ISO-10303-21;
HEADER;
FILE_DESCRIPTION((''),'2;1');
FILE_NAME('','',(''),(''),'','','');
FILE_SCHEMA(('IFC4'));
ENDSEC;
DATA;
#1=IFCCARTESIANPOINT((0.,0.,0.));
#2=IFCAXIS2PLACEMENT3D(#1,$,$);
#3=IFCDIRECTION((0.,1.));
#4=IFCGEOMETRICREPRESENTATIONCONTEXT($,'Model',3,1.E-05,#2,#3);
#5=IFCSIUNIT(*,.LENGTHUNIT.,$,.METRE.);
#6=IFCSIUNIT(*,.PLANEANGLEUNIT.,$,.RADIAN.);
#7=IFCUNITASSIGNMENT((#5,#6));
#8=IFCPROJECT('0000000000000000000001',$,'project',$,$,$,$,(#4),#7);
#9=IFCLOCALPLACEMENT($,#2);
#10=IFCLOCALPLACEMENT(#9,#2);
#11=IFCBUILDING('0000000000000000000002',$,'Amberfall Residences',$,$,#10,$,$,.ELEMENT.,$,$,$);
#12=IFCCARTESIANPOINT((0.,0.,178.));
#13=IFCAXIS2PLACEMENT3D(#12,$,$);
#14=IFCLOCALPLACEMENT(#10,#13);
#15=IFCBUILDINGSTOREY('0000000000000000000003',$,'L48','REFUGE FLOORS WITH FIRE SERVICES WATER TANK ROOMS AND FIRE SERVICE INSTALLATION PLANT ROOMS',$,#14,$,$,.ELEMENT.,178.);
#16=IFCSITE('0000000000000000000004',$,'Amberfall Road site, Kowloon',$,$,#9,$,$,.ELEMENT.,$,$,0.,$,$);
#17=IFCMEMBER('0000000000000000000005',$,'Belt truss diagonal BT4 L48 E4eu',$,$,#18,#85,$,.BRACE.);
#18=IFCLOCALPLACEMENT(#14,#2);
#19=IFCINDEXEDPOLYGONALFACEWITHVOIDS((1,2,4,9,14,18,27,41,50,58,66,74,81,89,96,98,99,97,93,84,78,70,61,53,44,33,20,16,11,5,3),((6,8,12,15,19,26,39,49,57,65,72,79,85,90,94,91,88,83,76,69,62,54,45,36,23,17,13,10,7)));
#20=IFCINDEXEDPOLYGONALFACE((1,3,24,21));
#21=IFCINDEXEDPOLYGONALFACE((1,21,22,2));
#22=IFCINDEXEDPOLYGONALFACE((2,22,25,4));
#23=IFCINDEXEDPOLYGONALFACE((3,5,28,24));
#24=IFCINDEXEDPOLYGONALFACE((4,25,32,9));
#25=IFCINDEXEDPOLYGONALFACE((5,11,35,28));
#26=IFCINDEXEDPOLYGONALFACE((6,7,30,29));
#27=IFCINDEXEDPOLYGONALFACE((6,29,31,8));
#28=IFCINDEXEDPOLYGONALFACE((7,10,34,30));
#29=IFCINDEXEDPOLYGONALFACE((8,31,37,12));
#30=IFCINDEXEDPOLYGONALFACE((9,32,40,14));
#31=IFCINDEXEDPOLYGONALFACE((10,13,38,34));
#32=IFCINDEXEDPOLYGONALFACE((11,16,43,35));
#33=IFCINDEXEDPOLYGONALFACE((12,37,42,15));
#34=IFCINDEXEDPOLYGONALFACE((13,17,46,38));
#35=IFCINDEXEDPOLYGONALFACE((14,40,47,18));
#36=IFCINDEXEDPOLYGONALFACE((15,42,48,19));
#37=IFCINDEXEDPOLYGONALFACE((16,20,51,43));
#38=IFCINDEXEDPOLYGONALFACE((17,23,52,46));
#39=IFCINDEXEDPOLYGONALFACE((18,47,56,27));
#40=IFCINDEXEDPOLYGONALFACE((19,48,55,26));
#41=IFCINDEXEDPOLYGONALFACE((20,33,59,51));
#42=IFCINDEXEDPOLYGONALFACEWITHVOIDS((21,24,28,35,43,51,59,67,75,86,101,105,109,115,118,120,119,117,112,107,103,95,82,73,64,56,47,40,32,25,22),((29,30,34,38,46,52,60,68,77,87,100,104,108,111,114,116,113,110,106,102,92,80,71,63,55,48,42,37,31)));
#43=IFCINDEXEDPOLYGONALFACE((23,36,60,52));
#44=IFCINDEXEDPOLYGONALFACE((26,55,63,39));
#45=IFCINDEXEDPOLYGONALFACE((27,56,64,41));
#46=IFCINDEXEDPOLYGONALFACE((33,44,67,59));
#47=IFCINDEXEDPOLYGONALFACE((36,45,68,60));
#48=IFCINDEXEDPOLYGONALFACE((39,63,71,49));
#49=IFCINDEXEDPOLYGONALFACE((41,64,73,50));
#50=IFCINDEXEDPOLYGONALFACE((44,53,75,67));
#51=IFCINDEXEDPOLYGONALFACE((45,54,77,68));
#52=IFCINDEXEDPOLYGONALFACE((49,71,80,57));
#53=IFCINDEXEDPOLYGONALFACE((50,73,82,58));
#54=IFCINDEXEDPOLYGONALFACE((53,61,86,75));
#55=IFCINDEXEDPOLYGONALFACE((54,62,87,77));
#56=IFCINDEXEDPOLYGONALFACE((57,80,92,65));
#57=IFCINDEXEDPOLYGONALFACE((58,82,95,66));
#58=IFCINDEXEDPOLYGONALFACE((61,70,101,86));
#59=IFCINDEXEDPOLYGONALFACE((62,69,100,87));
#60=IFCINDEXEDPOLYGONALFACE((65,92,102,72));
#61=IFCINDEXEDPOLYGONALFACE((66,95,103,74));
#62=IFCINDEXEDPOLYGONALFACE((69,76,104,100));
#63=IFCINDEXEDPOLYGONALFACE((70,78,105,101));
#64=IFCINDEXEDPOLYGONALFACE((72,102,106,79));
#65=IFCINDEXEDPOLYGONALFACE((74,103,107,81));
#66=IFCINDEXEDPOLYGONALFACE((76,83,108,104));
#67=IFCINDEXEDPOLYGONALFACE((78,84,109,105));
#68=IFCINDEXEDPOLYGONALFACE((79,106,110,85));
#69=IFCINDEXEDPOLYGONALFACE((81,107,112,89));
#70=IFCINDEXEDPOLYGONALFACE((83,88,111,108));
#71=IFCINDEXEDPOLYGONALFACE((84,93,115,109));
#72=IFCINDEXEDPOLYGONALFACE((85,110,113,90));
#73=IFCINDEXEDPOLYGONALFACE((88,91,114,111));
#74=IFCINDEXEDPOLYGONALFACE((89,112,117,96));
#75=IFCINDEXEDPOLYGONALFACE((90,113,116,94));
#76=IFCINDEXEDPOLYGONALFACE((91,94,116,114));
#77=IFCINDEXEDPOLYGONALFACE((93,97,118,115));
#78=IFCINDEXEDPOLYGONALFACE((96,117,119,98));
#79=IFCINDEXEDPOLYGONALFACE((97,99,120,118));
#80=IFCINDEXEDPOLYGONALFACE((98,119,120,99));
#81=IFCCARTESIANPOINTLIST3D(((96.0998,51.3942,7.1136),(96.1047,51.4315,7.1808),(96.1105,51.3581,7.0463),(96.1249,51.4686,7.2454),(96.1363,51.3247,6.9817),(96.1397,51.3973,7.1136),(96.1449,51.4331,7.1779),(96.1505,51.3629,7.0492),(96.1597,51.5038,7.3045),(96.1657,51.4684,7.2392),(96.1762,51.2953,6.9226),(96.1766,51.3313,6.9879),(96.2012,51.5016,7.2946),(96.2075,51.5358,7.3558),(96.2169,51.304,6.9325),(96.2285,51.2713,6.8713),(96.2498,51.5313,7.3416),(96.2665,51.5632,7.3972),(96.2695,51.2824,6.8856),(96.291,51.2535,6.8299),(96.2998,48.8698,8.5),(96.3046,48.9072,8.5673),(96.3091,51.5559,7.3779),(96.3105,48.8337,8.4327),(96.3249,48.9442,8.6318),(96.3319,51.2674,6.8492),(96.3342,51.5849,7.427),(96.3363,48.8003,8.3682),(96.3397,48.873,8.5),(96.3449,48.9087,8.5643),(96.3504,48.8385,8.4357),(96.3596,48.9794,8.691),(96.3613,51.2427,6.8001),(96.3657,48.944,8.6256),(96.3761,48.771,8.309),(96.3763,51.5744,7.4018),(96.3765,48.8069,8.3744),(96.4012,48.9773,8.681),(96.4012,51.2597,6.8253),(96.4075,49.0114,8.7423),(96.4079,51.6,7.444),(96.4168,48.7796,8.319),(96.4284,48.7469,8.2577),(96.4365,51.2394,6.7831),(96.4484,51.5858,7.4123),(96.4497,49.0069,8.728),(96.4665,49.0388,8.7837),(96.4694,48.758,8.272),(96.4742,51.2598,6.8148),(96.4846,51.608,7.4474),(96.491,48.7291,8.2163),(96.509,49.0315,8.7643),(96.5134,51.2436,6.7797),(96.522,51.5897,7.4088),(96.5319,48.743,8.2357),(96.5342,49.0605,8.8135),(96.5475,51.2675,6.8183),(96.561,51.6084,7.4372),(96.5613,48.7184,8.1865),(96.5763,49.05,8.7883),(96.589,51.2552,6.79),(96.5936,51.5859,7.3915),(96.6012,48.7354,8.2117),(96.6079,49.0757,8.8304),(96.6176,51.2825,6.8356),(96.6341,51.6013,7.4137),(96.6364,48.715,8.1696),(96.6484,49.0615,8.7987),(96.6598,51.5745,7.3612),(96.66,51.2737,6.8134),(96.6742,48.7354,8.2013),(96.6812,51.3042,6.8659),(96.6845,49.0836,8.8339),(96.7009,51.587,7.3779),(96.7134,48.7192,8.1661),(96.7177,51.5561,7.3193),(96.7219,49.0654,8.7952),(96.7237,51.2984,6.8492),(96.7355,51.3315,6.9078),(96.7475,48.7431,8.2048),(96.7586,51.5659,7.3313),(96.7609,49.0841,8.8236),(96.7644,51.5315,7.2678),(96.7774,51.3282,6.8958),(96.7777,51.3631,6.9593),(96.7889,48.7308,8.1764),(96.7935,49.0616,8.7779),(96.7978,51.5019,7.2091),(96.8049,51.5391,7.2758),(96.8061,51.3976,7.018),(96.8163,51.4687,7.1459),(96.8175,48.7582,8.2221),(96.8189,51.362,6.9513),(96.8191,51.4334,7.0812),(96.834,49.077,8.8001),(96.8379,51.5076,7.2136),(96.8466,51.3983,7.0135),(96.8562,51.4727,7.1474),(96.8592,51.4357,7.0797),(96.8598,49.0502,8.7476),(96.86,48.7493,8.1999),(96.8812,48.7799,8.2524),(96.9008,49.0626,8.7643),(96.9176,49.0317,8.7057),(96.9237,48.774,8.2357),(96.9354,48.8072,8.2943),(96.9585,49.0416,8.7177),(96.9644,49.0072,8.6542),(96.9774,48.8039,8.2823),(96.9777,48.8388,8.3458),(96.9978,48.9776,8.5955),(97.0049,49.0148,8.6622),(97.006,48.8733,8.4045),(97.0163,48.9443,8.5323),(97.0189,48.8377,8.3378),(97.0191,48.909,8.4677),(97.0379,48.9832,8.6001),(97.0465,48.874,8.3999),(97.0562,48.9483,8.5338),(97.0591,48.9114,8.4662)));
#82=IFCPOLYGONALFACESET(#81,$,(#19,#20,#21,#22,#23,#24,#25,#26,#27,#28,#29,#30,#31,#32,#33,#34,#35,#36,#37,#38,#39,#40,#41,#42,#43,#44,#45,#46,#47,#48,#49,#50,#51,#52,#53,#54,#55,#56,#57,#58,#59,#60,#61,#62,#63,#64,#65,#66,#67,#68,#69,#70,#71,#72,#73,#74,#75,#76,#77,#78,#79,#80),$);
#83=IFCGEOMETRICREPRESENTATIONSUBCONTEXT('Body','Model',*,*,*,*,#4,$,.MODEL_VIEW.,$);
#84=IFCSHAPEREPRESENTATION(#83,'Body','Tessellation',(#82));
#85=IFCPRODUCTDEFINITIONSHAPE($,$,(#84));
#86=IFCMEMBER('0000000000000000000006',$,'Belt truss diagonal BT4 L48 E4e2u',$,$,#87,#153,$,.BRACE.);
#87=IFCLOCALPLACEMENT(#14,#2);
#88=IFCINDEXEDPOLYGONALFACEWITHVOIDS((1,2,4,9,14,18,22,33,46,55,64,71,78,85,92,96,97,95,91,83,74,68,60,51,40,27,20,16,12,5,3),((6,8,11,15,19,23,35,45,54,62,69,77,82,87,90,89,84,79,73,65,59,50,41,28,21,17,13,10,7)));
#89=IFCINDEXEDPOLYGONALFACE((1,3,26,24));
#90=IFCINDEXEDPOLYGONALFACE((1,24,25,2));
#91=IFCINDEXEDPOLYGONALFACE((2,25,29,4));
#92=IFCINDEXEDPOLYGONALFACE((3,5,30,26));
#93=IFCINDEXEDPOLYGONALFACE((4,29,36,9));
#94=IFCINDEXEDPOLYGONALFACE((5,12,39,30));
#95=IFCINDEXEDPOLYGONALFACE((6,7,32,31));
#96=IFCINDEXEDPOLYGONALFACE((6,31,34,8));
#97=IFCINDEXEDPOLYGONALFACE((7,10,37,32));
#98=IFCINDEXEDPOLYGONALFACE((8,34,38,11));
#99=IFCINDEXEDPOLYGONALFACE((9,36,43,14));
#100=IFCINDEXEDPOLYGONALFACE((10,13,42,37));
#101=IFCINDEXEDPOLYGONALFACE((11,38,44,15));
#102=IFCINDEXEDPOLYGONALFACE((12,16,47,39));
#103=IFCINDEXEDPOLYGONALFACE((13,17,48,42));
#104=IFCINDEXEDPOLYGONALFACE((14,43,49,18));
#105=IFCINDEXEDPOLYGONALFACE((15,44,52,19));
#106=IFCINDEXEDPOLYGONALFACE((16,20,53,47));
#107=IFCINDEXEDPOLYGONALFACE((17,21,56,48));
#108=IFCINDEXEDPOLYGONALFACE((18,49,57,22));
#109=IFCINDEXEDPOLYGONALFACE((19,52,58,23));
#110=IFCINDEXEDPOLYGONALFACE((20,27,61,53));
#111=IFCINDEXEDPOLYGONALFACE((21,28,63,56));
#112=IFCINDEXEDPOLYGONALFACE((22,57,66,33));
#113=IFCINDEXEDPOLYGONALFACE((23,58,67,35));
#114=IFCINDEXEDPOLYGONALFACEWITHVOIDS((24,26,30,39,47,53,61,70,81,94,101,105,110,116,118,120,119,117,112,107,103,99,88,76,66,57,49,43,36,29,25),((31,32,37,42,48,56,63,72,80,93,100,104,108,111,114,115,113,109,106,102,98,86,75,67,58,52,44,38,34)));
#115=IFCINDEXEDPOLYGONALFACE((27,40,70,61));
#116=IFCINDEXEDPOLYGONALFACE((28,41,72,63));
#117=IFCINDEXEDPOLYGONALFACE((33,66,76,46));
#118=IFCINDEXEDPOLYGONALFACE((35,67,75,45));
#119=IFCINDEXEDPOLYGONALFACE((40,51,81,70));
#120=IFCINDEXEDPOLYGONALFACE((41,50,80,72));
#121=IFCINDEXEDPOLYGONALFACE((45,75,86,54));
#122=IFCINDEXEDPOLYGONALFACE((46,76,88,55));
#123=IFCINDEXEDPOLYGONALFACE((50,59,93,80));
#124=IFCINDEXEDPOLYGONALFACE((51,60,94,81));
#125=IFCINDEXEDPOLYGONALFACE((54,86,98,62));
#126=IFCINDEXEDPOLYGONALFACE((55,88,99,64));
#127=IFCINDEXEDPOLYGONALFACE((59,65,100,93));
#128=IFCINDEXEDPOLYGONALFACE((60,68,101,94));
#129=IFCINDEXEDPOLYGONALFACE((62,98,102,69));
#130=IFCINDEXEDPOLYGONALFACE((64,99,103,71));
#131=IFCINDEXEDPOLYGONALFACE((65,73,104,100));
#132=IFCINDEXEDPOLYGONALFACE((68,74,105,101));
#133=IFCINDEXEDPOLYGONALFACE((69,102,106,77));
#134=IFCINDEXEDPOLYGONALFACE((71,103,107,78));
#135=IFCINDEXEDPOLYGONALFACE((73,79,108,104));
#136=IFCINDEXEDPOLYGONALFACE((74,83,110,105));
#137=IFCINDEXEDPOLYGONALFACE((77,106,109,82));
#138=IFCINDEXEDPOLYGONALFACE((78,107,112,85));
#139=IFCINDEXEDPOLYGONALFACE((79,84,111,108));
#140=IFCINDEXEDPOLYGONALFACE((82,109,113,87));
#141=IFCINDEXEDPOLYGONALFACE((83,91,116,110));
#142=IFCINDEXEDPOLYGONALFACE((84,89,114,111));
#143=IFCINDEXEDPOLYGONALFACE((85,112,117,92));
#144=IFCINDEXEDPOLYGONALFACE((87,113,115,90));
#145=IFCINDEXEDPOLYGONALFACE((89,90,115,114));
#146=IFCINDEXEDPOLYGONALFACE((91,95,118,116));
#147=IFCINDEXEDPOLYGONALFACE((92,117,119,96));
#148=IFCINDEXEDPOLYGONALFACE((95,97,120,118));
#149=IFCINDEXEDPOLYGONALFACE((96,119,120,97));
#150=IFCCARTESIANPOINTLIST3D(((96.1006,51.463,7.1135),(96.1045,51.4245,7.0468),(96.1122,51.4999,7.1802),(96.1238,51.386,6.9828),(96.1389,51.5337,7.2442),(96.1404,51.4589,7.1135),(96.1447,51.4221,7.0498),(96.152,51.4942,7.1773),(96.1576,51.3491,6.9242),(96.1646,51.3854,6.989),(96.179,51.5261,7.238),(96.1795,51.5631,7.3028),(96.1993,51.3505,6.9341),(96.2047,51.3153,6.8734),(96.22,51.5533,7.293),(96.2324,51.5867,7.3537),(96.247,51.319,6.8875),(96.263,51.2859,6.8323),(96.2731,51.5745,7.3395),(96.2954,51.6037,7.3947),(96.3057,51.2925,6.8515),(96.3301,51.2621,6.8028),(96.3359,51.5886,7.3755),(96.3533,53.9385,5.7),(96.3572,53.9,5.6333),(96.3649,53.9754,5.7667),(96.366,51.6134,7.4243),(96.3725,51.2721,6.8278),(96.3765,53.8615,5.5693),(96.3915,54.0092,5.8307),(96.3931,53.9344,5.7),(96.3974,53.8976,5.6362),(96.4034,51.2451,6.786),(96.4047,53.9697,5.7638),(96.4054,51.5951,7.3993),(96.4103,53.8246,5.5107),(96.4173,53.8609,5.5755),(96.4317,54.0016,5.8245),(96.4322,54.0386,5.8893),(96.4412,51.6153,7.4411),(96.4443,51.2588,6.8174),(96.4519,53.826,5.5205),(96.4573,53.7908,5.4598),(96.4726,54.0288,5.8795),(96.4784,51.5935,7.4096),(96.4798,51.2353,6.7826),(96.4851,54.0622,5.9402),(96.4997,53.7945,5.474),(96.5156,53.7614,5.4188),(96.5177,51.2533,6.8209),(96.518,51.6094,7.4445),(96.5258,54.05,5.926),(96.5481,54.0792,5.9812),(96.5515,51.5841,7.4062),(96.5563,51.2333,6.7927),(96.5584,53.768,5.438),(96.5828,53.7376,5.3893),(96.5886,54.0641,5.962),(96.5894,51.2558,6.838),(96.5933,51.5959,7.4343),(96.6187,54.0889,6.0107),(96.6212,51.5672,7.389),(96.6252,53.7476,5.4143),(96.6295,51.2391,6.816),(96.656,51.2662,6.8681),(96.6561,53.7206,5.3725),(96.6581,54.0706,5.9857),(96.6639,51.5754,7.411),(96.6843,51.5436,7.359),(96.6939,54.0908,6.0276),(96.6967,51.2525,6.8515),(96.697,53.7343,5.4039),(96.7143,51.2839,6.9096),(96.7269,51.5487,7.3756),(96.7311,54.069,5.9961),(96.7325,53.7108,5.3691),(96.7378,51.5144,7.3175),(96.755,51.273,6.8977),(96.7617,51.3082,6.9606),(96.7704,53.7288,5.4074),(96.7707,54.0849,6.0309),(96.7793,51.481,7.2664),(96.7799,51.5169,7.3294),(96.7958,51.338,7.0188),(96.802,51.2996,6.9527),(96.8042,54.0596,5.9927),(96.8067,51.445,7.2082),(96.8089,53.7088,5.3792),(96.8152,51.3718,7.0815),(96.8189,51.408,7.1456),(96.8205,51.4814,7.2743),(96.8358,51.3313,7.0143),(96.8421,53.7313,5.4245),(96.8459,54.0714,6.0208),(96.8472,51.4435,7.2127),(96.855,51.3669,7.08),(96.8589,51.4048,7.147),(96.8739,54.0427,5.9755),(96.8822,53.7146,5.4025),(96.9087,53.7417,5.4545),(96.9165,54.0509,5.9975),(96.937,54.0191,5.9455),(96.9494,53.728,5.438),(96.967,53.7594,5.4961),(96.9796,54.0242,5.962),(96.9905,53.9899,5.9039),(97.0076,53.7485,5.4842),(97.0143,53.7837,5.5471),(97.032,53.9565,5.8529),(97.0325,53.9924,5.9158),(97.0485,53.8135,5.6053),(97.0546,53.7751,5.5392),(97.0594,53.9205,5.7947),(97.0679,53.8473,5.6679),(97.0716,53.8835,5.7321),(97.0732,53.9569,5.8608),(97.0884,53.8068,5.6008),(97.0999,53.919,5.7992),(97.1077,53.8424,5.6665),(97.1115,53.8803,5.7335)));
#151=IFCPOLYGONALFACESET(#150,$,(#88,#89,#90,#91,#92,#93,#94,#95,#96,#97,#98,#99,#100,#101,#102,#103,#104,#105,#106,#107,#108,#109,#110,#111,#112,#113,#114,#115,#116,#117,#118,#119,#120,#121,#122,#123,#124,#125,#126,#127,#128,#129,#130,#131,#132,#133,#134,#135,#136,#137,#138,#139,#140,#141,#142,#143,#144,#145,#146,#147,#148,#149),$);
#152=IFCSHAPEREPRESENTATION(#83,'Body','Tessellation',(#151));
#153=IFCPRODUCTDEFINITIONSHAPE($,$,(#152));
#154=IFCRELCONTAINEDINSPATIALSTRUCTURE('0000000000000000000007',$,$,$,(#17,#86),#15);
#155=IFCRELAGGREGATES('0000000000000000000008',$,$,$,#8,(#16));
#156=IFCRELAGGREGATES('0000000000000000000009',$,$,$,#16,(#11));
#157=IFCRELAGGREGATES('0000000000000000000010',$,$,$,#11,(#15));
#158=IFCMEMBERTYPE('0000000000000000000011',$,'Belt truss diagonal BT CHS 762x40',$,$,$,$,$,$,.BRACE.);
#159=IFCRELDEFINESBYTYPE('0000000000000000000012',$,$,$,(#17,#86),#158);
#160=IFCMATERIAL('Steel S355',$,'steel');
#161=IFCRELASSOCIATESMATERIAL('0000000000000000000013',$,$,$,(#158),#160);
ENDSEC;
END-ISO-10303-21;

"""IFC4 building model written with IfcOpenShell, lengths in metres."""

from ifc_helpers import new_model, si_unit, direction, frame, origin, origin_2d, place, context, subcontext, project, spatial, hollow_circle, extrude, material, material_profile, profile_set, type_object, element, save


model = new_model("IFC4")

# Units and contexts
model_context = context("Model", 3, precision=1e-05, world=origin(), true_north=direction((0.0, 1.0)))
body_context = subcontext(model_context, "Body", "Model", "MODEL_VIEW")
ifc_project = project(units=[si_unit("LENGTHUNIT", "METRE"), si_unit("PLANEANGLEUNIT", "RADIAN")], contexts=[model_context])

# Site, building, storey
site_placement = place(None, origin())
site = spatial("IfcSite", under=ifc_project, at=site_placement, Name="Amberfall Road site, Kowloon", CompositionType="ELEMENT", RefElevation=0.0)
building_placement = place(site_placement, origin())
building = spatial("IfcBuilding", under=site, at=building_placement, Name="Amberfall Residences", CompositionType="ELEMENT")
storey_placement = place(building_placement, frame((0.0, 0.0, 178.0)))
storey = spatial("IfcBuildingStorey", under=building, at=storey_placement, Name="L48", Description="REFUGE FLOORS WITH FIRE SERVICES WATER TANK ROOMS AND FIRE SERVICE INSTALLATION PLANT ROOMS", CompositionType="ELEMENT", Elevation=178.0)

# Shared definitions
ifc_material_1 = material(Name="Steel S355", Category="steel")

# Members
ifc_material_profile_1 = material_profile(ifc_material_1, hollow_circle(Radius=0.3811, WallThickness=0.04, at=origin_2d()), Name="CHS 762x40")
ifc_profile_set_1 = profile_set([ifc_material_profile_1], Name="Steel S355")
member_type_1 = type_object("IfcMemberType", Name="Belt truss diagonal BT CHS 762x40", PredefinedType="BRACE", material=ifc_profile_set_1)
member_1_placement = place(storey_placement, frame((96.6797, 48.8999, 8.5), z_axis=(-0.069258, 0.874397, -0.480242), x_axis=(-0.996878, -0.07896, 0.0)))
element("IfcMember", 1, at=member_1_placement, inside=storey, type_object=member_type_1, Name="Belt truss diagonal BT4 L48 E4eu", PredefinedType="BRACE", context=body_context, shape_type="SweptSolid", body=[
    extrude(hollow_circle(Radius=0.3811, WallThickness=0.04, at=origin_2d()), origin(), (0.0, 0.0, 1.0), 2.887),
])
member_2_placement = place(storey_placement, frame((96.4797, 51.4243, 7.1135), z_axis=(0.088292, 0.86501, -0.493926), x_axis=(-0.994831, 0.101543, 0.0)))
element("IfcMember", 2, at=member_2_placement, inside=storey, type_object=member_type_1, Name="Belt truss diagonal BT4 L48 E4e2u", PredefinedType="BRACE", context=body_context, shape_type="SweptSolid", body=[
    extrude(hollow_circle(Radius=0.3811, WallThickness=0.04, at=origin_2d()), origin(), (0.0, 0.0, 1.0), 2.8618),
])

save(model, "model.ifc")
